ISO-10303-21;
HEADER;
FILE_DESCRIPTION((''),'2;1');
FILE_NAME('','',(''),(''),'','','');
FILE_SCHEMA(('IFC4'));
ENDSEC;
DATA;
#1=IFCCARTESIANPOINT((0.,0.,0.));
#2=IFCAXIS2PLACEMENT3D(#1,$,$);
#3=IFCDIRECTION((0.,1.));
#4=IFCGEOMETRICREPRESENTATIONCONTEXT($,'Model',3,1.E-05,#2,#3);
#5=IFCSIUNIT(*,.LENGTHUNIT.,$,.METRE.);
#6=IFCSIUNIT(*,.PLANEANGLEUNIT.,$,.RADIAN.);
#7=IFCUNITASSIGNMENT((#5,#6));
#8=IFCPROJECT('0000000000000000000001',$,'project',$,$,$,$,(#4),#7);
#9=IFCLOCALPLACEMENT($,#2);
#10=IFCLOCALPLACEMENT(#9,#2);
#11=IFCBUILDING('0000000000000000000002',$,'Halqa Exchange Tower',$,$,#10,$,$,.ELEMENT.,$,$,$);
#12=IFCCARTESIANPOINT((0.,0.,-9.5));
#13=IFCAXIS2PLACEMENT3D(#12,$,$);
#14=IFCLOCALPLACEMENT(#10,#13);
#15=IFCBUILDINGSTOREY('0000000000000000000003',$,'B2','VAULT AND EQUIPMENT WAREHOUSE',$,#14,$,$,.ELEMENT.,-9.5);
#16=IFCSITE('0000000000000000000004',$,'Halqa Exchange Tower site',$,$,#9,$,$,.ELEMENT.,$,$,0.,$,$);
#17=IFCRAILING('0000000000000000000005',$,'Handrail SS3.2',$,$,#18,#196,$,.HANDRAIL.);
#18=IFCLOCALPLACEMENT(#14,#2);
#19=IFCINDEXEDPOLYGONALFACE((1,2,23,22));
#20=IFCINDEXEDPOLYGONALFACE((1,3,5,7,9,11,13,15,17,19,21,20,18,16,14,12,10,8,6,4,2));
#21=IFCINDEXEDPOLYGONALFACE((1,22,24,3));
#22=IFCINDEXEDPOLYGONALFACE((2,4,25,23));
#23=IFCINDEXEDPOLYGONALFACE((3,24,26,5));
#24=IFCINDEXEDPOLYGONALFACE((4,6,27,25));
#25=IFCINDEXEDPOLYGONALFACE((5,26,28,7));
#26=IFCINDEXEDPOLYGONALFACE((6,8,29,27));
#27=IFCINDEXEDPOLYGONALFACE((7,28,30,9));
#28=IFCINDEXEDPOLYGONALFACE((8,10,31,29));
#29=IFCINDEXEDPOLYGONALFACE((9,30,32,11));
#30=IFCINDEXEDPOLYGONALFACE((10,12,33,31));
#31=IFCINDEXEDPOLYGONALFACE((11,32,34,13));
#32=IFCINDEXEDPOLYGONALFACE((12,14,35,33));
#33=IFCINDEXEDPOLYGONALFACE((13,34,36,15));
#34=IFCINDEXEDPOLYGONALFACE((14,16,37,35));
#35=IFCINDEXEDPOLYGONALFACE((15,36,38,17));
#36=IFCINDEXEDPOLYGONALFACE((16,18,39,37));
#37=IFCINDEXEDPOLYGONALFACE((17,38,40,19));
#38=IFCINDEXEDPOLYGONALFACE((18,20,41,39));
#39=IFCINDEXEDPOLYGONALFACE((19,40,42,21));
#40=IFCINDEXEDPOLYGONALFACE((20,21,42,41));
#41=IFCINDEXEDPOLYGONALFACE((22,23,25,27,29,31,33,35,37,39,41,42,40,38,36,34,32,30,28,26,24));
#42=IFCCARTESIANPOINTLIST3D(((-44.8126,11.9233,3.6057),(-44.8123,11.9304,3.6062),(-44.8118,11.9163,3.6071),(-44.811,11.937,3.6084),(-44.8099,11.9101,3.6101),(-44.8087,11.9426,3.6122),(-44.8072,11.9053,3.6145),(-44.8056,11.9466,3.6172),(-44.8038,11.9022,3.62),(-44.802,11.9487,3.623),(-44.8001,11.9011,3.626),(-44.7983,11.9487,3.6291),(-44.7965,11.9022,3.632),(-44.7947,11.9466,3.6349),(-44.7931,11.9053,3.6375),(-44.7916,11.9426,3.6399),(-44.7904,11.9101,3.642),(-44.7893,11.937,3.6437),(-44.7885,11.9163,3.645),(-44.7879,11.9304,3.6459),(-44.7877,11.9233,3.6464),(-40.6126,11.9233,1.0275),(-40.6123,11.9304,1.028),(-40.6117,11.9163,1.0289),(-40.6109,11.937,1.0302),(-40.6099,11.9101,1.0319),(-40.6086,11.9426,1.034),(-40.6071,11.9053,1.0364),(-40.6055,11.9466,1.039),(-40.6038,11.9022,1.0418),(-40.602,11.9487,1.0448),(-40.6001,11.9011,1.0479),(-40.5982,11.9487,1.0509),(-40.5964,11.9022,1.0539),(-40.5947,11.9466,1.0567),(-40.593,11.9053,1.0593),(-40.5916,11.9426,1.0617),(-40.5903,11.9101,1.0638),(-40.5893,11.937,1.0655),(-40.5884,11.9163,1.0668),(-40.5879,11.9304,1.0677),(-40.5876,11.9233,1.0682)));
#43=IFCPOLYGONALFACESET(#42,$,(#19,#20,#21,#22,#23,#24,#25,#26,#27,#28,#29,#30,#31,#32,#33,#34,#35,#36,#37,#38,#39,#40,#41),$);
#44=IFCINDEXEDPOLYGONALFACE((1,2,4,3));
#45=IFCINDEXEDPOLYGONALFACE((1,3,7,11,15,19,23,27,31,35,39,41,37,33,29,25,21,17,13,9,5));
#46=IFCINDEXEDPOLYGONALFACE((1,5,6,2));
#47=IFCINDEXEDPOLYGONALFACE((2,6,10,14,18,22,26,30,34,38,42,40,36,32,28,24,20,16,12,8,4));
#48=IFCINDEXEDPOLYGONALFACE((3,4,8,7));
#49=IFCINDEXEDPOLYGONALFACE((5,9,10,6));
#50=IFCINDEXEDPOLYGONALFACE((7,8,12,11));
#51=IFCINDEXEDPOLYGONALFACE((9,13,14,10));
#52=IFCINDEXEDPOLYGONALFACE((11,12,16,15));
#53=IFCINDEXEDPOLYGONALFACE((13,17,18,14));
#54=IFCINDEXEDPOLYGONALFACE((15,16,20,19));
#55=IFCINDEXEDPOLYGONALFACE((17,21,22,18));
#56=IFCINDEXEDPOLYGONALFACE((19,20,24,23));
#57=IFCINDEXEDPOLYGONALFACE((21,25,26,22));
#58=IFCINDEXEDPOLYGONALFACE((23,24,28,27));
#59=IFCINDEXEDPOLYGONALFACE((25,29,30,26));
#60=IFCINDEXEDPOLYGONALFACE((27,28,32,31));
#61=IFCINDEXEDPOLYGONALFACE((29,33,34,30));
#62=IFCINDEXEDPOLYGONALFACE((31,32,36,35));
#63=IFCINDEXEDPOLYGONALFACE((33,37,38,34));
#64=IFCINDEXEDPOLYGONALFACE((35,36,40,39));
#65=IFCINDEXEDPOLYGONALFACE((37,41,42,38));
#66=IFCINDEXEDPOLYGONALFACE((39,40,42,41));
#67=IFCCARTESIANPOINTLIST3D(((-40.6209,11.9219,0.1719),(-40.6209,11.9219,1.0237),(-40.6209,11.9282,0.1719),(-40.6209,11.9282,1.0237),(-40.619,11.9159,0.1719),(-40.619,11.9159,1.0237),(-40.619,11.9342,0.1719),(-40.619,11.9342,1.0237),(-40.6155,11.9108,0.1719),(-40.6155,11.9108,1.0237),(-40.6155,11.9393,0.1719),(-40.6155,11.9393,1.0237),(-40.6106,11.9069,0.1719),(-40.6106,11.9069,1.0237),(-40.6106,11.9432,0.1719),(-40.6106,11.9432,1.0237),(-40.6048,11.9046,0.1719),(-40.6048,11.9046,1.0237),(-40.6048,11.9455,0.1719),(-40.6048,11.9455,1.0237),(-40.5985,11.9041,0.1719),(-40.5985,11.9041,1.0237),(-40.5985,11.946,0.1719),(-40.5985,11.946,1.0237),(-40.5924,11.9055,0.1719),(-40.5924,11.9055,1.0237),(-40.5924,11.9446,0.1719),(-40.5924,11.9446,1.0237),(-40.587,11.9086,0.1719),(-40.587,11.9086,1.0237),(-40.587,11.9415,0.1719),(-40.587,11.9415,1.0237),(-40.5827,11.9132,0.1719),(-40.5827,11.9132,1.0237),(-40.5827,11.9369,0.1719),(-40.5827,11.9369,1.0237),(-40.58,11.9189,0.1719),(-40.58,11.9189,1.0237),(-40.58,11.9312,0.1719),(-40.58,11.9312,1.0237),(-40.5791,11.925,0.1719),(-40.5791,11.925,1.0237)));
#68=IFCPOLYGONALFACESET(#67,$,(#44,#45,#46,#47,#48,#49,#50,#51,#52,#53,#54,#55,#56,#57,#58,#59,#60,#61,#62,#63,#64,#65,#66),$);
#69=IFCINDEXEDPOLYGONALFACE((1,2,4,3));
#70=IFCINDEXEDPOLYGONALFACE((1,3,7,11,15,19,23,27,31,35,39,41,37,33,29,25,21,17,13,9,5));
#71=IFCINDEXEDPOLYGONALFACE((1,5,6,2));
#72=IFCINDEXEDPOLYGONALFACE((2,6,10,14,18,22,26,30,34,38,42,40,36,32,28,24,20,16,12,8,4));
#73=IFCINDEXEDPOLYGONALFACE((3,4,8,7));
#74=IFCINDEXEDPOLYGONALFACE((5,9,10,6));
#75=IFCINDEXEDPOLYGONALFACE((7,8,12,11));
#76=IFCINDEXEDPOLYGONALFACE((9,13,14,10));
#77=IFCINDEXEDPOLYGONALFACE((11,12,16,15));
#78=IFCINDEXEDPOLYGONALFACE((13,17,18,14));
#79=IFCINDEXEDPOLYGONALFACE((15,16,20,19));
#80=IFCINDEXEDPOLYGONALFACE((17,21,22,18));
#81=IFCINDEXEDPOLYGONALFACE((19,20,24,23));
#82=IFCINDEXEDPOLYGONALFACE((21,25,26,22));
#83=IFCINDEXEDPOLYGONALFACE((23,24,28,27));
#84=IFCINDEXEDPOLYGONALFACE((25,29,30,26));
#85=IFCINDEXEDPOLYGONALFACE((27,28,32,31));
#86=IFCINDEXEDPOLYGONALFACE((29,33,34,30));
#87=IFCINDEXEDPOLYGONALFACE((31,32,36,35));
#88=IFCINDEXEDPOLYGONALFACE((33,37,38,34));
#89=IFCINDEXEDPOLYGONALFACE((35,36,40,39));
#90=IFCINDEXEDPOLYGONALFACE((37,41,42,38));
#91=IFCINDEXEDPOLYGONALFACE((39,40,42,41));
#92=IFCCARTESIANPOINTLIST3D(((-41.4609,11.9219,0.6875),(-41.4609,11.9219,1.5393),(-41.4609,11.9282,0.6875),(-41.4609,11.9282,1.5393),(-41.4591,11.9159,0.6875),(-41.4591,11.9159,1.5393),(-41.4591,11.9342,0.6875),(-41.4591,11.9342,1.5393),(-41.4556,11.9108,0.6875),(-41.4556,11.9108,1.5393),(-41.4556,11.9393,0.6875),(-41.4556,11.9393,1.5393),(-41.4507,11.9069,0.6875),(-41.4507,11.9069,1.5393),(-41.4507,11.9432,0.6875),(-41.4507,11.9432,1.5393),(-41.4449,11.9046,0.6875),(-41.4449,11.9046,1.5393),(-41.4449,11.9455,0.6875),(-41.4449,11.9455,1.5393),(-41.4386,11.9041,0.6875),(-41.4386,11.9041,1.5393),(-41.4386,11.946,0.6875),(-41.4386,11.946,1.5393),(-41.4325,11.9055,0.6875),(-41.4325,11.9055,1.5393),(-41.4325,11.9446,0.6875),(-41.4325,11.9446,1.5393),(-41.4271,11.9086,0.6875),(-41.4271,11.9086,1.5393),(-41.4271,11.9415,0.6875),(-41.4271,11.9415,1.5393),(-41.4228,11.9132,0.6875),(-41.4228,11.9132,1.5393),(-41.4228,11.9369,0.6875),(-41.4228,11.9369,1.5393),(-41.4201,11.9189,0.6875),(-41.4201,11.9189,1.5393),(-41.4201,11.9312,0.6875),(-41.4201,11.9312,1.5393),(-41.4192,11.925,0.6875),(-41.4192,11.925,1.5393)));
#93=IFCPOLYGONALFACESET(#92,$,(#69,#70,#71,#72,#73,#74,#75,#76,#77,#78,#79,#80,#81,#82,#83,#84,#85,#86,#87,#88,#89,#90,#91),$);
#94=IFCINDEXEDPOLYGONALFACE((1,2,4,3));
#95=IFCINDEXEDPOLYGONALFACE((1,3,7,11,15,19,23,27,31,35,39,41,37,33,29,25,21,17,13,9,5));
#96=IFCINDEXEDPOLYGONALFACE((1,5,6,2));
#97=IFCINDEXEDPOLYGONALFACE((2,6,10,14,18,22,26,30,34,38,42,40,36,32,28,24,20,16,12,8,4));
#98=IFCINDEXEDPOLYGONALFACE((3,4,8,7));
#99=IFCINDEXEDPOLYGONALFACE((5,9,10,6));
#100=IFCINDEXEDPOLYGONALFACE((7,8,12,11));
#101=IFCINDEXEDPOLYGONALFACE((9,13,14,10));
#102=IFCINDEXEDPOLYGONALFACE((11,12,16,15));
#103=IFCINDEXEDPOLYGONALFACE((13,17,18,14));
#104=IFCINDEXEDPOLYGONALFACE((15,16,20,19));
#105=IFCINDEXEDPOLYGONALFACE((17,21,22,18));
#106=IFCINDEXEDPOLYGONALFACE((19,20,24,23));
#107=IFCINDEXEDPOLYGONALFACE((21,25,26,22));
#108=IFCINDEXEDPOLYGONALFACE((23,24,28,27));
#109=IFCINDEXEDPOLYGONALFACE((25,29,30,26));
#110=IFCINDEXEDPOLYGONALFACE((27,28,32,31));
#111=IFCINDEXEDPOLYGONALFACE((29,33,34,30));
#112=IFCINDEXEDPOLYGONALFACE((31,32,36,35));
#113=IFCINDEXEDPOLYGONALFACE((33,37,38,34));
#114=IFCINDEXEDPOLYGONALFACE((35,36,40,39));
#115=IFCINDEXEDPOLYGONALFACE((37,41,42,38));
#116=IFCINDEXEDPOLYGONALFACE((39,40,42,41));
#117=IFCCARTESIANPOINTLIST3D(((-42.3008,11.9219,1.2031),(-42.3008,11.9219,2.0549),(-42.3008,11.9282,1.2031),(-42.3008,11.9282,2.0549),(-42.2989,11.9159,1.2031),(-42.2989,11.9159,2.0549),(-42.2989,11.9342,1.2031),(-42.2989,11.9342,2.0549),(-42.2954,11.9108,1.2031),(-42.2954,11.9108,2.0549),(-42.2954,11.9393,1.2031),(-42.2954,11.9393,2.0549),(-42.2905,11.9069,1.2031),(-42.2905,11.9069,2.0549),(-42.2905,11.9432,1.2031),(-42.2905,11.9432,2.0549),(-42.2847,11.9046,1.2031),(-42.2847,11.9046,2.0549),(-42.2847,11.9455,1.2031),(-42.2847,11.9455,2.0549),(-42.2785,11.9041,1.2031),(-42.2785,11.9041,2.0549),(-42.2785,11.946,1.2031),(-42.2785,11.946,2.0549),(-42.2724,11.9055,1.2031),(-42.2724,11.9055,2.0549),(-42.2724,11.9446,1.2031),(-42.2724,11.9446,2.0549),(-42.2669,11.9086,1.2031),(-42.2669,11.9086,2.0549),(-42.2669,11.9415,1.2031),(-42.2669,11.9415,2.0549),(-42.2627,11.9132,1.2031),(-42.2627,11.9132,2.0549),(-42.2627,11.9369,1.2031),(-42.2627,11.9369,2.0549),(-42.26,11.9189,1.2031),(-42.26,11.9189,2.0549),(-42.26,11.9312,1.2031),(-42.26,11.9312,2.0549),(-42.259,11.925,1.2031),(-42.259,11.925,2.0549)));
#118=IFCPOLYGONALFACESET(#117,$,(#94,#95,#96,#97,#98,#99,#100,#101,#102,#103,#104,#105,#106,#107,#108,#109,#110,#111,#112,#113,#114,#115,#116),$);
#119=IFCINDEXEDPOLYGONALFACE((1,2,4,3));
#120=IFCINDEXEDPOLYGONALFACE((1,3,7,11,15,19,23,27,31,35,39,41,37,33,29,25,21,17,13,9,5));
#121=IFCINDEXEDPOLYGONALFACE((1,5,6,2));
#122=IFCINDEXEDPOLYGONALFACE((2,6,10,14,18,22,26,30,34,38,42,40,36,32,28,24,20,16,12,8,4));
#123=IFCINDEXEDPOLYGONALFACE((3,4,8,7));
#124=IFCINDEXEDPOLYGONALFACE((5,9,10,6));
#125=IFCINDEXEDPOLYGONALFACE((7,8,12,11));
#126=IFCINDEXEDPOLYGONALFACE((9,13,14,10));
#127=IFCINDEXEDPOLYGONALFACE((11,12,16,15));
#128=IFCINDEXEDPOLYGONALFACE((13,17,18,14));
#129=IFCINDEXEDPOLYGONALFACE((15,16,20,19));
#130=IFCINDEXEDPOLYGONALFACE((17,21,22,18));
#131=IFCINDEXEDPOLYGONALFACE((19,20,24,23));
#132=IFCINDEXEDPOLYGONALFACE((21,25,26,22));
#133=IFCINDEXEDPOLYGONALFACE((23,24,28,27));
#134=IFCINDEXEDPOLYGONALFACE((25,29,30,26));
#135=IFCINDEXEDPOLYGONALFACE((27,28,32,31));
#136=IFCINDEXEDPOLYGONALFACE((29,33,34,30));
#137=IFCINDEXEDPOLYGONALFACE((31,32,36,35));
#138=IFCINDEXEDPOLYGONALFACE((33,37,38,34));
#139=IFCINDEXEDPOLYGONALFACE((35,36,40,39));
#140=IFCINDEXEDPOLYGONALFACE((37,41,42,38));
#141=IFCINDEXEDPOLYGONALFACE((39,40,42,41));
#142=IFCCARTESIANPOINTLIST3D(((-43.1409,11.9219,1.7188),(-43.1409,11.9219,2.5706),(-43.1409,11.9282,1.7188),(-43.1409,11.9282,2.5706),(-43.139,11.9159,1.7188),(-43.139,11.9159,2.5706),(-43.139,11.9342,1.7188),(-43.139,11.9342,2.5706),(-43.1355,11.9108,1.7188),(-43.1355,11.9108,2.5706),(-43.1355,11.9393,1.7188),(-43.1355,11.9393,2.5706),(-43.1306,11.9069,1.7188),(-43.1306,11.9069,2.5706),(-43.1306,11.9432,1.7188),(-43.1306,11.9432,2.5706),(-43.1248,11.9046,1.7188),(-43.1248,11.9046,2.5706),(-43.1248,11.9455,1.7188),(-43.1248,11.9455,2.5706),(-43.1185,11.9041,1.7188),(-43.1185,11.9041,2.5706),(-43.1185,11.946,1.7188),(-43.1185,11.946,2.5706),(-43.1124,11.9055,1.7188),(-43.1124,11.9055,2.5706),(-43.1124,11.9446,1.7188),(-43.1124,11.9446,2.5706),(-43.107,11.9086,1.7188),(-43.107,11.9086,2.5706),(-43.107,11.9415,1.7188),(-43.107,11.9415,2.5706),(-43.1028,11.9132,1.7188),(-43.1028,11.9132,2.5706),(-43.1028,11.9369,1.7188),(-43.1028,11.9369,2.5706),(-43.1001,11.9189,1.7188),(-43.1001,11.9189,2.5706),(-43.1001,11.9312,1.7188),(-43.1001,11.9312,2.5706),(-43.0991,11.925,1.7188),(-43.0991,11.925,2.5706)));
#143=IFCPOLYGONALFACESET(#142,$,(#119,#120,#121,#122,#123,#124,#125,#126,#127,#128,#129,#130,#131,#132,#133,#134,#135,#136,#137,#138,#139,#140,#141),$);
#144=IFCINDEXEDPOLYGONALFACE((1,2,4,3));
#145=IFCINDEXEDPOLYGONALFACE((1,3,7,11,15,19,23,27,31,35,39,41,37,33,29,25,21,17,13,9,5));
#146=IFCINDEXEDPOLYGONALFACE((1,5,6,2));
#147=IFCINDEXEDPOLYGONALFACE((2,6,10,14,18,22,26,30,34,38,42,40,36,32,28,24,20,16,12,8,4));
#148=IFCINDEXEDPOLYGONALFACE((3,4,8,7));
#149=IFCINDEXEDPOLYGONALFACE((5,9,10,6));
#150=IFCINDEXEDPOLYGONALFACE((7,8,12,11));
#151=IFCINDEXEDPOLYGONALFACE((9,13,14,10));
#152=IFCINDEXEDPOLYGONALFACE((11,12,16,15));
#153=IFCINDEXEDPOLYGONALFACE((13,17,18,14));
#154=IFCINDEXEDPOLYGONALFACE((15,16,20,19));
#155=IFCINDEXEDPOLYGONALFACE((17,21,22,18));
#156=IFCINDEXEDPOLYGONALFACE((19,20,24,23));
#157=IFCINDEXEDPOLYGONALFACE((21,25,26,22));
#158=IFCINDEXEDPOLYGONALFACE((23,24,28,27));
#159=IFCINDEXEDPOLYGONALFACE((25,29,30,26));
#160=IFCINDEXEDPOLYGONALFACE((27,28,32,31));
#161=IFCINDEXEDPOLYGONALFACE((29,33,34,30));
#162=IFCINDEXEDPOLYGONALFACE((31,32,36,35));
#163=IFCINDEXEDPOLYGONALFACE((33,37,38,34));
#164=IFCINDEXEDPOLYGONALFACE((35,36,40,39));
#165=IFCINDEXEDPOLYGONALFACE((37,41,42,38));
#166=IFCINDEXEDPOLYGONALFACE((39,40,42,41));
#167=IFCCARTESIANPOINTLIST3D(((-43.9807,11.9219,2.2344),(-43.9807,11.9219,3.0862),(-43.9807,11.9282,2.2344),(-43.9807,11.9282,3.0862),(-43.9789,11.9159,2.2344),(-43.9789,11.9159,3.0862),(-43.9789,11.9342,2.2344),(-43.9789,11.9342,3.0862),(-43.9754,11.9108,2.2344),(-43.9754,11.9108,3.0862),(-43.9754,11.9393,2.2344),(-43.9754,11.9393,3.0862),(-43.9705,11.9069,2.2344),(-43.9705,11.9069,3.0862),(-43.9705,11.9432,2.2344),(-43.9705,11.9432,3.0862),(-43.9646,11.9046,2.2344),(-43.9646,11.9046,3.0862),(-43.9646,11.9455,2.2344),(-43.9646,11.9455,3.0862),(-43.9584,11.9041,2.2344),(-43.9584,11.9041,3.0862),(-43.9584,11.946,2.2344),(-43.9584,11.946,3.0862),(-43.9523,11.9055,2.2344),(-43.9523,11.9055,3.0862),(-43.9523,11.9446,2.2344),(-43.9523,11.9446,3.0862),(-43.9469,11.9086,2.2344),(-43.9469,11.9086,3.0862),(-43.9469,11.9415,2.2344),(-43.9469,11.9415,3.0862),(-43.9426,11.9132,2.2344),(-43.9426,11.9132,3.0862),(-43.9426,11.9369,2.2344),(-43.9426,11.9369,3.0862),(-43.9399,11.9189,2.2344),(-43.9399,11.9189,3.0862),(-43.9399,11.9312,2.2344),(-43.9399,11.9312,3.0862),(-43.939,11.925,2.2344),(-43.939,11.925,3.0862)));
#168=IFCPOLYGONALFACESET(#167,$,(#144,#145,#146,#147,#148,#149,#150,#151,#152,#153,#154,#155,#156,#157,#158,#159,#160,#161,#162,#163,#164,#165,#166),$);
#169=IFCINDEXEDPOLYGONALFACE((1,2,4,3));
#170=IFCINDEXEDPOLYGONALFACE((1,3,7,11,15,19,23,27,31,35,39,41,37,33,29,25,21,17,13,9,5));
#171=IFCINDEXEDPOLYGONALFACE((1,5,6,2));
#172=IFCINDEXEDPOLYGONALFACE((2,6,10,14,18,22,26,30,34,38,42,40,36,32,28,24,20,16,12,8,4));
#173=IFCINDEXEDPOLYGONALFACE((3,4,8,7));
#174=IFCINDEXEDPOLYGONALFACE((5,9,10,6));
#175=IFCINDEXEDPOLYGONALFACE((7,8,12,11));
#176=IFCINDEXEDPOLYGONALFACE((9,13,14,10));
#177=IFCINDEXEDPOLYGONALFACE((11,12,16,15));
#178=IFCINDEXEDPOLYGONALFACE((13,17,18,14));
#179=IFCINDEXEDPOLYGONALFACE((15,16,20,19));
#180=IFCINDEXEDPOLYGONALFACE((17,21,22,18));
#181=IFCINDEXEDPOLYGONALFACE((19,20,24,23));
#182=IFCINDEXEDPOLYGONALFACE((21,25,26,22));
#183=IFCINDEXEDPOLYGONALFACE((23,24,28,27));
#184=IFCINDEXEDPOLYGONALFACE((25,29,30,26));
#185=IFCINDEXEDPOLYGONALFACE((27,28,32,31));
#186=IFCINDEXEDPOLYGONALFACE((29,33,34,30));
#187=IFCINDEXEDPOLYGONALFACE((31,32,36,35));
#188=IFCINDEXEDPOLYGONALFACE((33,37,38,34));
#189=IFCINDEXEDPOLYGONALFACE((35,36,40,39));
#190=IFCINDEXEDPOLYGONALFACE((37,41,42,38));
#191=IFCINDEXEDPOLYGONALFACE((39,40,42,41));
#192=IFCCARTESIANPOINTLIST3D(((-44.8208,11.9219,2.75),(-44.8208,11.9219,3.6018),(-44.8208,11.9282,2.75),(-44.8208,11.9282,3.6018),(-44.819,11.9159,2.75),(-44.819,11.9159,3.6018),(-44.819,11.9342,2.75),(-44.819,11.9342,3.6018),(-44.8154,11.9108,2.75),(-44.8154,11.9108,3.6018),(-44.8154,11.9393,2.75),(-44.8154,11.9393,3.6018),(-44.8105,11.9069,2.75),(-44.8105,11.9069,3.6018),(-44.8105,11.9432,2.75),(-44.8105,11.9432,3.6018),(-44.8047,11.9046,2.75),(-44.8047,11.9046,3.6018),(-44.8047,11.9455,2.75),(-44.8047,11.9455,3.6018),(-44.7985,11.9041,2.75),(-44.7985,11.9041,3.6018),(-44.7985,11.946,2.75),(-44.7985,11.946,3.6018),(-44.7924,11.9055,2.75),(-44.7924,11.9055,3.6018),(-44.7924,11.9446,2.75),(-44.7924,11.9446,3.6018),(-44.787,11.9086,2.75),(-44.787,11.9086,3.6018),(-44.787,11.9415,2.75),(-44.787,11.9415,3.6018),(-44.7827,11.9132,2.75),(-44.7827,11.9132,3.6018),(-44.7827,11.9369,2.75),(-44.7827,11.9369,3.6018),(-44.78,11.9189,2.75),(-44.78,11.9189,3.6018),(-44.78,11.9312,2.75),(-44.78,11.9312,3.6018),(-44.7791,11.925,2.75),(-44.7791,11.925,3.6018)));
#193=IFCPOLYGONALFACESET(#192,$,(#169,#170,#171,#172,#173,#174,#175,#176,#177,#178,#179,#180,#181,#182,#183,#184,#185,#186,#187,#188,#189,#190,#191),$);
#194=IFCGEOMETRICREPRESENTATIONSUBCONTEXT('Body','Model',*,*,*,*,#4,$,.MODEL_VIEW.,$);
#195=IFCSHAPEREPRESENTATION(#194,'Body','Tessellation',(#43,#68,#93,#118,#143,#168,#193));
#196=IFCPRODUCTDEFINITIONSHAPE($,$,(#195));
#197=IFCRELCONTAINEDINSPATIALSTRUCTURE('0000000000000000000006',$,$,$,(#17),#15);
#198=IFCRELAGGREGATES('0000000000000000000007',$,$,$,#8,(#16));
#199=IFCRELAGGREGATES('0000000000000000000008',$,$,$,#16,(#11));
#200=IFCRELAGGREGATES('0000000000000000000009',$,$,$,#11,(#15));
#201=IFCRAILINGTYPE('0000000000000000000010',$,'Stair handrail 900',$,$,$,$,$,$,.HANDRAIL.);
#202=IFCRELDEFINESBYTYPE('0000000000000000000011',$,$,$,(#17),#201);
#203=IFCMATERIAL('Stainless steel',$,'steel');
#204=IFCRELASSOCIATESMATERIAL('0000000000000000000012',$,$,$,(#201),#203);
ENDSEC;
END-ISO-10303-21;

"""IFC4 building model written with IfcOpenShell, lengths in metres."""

from ifc_helpers import new_model, si_unit, direction, frame, origin, origin_2d, place, context, subcontext, project, spatial, circle, extrude, material, type_object, element, save


model = new_model("IFC4")

# Units and contexts
model_context = context("Model", 3, precision=1e-05, world=origin(), true_north=direction((0.0, 1.0)))
body_context = subcontext(model_context, "Body", "Model", "MODEL_VIEW")
ifc_project = project(units=[si_unit("LENGTHUNIT", "METRE"), si_unit("PLANEANGLEUNIT", "RADIAN")], contexts=[model_context])

# Site, building, storey
site_placement = place(None, origin())
site = spatial("IfcSite", under=ifc_project, at=site_placement, Name="Halqa Exchange Tower site", CompositionType="ELEMENT", RefElevation=0.0)
building_placement = place(site_placement, origin())
building = spatial("IfcBuilding", under=site, at=building_placement, Name="Halqa Exchange Tower", CompositionType="ELEMENT")
storey_placement = place(building_placement, frame((0.0, 0.0, -9.5)))
storey = spatial("IfcBuildingStorey", under=building, at=storey_placement, Name="B2", Description="VAULT AND EQUIPMENT WAREHOUSE", CompositionType="ELEMENT", Elevation=-9.5)

# Railing
ifc_material_1 = material(Name="Stainless steel", Category="steel")
railing_type_1 = type_object("IfcRailingType", Name="Stair handrail 900", PredefinedType="HANDRAIL", material=ifc_material_1)
railing_1_placement = place(storey_placement, frame((-40.6001, 11.925, 0.1719)))
element("IfcRailing", 1, at=railing_1_placement, inside=storey, type_object=railing_type_1, Name="Handrail SS3.2", PredefinedType="HANDRAIL", context=body_context, shape_type="SweptSolid", body=[
    extrude(circle(Radius=0.0239, at=origin_2d()), frame((0.0, 0.0, 0.876), z_axis=(-0.852243, 0.0, 0.523146), x_axis=(0.0, -1.0, 0.0)), (0.0, 0.0, 1.0), 4.9282),
    extrude(circle(Radius=0.021, at=origin_2d()), origin(), (0.0, 0.0, 1.0), 0.8518),
    extrude(circle(Radius=0.021, at=origin_2d()), frame((-0.8401, 0.0, 0.5156)), (0.0, 0.0, 1.0), 0.8518),
    extrude(circle(Radius=0.021, at=origin_2d()), frame((-1.6799, 0.0, 1.0312)), (0.0, 0.0, 1.0), 0.8518),
    extrude(circle(Radius=0.021, at=origin_2d()), frame((-2.52, 0.0, 1.5469)), (0.0, 0.0, 1.0), 0.8518),
    extrude(circle(Radius=0.021, at=origin_2d()), frame((-3.3599, 0.0, 2.0625)), (0.0, 0.0, 1.0), 0.8518),
    extrude(circle(Radius=0.021, at=origin_2d()), frame((-4.2, 0.0, 2.5781)), (0.0, 0.0, 1.0), 0.8518),
])

save(model, "model.ifc")
